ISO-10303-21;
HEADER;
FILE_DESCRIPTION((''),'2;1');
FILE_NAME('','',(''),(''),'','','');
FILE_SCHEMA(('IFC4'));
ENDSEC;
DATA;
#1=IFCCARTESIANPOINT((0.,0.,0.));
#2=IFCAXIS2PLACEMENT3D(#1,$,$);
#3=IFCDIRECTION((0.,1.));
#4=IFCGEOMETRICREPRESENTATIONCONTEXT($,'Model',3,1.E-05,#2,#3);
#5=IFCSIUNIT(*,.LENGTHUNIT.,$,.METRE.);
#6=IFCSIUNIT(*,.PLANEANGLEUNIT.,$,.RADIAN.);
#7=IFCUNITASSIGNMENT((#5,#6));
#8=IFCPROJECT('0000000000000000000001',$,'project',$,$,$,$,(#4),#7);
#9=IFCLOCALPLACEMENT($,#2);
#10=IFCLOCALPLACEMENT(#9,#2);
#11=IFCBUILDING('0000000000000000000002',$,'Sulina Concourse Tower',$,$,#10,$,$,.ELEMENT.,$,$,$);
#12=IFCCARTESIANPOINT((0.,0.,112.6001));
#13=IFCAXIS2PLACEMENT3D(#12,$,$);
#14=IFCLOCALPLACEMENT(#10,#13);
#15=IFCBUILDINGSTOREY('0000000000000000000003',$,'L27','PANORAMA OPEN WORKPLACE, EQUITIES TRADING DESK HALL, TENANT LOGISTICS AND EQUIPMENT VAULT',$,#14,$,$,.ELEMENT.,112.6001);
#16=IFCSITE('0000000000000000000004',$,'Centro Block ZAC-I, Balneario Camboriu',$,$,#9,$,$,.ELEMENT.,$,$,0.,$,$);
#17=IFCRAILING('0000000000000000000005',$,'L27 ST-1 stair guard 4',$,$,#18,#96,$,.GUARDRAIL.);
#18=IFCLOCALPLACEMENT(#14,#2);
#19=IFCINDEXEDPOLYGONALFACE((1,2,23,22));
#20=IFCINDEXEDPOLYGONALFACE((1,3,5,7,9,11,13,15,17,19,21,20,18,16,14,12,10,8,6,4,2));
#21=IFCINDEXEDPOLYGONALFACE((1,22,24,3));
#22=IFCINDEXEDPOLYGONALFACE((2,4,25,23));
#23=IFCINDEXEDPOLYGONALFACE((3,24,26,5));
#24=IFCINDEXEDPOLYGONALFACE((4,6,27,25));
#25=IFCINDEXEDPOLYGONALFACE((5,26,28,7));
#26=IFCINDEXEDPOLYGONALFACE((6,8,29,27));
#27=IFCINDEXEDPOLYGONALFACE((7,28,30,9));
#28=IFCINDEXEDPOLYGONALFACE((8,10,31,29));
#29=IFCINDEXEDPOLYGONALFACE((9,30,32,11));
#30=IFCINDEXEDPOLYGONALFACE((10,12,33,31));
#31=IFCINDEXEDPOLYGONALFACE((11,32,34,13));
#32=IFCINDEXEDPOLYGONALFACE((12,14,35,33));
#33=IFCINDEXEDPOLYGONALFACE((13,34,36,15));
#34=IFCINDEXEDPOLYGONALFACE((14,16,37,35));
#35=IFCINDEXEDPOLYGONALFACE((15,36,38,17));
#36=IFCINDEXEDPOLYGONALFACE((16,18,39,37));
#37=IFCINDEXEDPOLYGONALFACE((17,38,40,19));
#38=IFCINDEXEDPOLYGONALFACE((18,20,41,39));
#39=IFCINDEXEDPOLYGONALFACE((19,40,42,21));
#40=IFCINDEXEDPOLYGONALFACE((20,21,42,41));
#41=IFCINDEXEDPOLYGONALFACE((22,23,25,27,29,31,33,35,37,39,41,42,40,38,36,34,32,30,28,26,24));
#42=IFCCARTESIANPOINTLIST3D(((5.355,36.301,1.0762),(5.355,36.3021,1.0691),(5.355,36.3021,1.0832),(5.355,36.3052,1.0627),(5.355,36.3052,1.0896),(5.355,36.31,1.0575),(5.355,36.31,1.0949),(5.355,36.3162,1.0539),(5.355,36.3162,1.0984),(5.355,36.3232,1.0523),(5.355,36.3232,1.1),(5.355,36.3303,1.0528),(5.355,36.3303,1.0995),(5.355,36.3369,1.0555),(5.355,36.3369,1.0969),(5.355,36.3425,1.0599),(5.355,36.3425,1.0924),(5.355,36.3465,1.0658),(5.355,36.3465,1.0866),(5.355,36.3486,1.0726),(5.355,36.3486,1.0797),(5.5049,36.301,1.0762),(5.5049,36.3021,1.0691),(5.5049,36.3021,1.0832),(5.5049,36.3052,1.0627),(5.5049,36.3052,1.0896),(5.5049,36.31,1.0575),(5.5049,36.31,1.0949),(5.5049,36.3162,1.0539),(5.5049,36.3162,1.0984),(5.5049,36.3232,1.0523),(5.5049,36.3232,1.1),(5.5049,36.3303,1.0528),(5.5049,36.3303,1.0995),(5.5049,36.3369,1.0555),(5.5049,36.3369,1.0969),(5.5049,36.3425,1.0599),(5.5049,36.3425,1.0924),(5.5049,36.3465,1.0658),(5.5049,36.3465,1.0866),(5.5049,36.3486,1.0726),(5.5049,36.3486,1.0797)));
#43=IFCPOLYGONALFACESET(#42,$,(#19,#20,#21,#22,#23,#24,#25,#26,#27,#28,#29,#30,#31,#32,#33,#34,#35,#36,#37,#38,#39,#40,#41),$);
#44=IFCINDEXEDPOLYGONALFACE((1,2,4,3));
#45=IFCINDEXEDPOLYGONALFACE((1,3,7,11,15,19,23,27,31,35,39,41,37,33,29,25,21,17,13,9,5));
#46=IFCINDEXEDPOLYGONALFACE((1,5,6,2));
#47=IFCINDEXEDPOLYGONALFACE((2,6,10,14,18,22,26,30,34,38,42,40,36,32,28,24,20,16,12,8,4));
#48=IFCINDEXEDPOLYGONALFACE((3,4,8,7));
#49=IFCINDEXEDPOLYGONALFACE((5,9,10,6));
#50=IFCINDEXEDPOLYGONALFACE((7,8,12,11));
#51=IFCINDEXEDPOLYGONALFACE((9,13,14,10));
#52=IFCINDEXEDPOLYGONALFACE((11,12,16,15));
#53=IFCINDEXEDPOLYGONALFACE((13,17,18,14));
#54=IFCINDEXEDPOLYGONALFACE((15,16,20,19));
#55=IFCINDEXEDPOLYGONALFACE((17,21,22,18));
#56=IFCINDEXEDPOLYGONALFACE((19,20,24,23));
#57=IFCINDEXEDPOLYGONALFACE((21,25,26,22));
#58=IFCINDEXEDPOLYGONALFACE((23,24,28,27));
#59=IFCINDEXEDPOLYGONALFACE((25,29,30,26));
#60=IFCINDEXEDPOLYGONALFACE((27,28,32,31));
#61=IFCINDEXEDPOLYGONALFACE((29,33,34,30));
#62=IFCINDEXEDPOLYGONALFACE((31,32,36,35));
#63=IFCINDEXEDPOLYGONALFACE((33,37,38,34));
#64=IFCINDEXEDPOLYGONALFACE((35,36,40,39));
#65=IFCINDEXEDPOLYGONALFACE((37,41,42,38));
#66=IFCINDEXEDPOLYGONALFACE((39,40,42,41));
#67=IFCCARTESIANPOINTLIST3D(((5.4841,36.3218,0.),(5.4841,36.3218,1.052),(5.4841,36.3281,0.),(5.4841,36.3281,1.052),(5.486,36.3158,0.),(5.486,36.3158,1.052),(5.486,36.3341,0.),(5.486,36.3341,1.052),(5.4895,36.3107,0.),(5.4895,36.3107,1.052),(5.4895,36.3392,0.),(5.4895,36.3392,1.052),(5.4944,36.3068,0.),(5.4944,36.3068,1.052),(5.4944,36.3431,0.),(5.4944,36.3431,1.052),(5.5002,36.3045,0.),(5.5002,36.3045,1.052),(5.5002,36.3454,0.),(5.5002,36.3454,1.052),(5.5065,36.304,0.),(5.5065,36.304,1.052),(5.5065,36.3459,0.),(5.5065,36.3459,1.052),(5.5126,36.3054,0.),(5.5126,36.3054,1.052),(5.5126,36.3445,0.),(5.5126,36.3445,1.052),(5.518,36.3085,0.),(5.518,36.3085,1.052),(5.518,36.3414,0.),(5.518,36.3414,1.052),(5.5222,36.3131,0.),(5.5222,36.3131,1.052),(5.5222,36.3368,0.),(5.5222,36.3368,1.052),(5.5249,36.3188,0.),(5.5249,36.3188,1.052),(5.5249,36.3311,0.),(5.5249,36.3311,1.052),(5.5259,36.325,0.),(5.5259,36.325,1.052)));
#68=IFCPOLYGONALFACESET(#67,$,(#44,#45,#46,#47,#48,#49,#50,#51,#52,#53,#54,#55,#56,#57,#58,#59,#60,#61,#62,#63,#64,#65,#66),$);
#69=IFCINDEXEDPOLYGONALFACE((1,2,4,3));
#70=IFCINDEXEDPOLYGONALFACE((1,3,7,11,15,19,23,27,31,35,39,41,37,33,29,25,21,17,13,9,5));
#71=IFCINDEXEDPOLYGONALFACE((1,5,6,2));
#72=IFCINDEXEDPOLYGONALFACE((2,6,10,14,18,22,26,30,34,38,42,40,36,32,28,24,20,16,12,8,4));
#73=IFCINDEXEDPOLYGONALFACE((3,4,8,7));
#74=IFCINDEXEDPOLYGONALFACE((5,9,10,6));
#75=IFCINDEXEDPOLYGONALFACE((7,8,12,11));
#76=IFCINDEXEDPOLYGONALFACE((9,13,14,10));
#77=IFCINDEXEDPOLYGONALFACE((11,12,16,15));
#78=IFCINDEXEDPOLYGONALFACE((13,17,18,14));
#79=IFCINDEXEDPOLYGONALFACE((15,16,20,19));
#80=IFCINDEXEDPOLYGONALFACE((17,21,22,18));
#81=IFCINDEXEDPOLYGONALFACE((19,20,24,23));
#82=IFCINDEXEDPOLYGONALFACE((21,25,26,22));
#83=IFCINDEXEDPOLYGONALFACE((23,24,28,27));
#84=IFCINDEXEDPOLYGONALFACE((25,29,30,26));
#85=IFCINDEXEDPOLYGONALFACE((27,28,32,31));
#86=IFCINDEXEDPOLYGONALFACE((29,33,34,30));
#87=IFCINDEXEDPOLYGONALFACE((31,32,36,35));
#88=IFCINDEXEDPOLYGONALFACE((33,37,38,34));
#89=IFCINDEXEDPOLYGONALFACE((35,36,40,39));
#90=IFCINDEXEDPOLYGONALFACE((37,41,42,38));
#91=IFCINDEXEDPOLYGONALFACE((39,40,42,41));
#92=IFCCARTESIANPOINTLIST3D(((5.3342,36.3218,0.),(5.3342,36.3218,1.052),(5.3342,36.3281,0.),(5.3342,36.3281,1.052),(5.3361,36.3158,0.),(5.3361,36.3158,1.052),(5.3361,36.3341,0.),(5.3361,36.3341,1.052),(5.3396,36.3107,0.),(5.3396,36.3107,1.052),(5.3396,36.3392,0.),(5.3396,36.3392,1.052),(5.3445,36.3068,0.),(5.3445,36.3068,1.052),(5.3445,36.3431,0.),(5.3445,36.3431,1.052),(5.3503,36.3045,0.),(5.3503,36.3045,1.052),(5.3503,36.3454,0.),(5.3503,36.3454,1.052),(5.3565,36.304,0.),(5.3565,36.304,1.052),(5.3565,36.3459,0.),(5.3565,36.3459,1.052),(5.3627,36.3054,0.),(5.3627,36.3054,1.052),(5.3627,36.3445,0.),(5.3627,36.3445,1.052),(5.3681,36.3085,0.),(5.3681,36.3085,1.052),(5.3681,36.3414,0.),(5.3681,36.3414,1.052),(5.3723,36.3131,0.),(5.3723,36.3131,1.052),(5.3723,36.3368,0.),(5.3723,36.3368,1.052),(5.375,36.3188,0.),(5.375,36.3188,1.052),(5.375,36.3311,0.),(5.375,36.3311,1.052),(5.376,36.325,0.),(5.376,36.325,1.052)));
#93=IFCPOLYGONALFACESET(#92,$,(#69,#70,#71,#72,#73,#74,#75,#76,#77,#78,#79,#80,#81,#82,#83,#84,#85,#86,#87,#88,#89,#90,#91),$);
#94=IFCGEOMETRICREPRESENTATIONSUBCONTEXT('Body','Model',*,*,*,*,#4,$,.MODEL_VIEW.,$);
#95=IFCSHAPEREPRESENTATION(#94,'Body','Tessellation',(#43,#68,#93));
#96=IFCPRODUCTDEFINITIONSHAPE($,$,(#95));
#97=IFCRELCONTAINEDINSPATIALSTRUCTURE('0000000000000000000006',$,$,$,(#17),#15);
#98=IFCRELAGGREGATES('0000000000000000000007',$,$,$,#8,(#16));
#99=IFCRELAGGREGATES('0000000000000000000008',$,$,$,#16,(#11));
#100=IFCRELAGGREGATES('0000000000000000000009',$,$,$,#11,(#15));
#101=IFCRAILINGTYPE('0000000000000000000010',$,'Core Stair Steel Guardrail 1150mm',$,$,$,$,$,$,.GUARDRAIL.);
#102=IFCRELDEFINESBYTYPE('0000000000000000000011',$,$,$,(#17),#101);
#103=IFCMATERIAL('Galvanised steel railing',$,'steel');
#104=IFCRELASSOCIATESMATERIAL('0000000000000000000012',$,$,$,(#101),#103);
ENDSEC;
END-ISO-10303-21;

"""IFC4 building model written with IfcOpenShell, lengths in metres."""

from ifc_helpers import new_model, si_unit, direction, frame, origin, origin_2d, place, context, subcontext, project, spatial, circle, extrude, material, type_object, element, save


model = new_model("IFC4")

# Units and contexts
model_context = context("Model", 3, precision=1e-05, world=origin(), true_north=direction((0.0, 1.0)))
body_context = subcontext(model_context, "Body", "Model", "MODEL_VIEW")
ifc_project = project(units=[si_unit("LENGTHUNIT", "METRE"), si_unit("PLANEANGLEUNIT", "RADIAN")], contexts=[model_context])

# Site, building, storey
site_placement = place(None, origin())
site = spatial("IfcSite", under=ifc_project, at=site_placement, Name="Centro Block ZAC-I, Balneario Camboriu", CompositionType="ELEMENT", RefElevation=0.0)
building_placement = place(site_placement, origin())
building = spatial("IfcBuilding", under=site, at=building_placement, Name="Sulina Concourse Tower", CompositionType="ELEMENT")
storey_placement = place(building_placement, frame((0.0, 0.0, 112.6001)))
storey = spatial("IfcBuildingStorey", under=building, at=storey_placement, Name="L27", Description="PANORAMA OPEN WORKPLACE, EQUITIES TRADING DESK HALL, TENANT LOGISTICS AND EQUIPMENT VAULT", CompositionType="ELEMENT", Elevation=112.6001)

# Railing
ifc_material_1 = material(Name="Galvanised steel railing", Category="steel")
railing_type_1 = type_object("IfcRailingType", Name="Core Stair Steel Guardrail 1150mm", PredefinedType="GUARDRAIL", material=ifc_material_1)
railing_1_placement = place(storey_placement, frame((5.5049, 36.325, 0.0)))
element("IfcRailing", 1, at=railing_1_placement, inside=storey, type_object=railing_type_1, Name="L27 ST-1 stair guard 4", PredefinedType="GUARDRAIL", context=body_context, shape_type="SweptSolid", body=[
    extrude(circle(Radius=0.0239, at=origin_2d()), frame((0.0, 0.0, 1.0762), z_axis=(-1.0, 0.0, 0.0), x_axis=(0.0, -1.0, 0.0)), (0.0, 0.0, 1.0), 0.1499),
    extrude(circle(Radius=0.021, at=origin_2d()), origin(), (0.0, 0.0, 1.0), 1.052),
    extrude(circle(Radius=0.021, at=origin_2d()), frame((-0.1499, 0.0, 0.0)), (0.0, 0.0, 1.0), 1.052),
])

save(model, "model.ifc")
